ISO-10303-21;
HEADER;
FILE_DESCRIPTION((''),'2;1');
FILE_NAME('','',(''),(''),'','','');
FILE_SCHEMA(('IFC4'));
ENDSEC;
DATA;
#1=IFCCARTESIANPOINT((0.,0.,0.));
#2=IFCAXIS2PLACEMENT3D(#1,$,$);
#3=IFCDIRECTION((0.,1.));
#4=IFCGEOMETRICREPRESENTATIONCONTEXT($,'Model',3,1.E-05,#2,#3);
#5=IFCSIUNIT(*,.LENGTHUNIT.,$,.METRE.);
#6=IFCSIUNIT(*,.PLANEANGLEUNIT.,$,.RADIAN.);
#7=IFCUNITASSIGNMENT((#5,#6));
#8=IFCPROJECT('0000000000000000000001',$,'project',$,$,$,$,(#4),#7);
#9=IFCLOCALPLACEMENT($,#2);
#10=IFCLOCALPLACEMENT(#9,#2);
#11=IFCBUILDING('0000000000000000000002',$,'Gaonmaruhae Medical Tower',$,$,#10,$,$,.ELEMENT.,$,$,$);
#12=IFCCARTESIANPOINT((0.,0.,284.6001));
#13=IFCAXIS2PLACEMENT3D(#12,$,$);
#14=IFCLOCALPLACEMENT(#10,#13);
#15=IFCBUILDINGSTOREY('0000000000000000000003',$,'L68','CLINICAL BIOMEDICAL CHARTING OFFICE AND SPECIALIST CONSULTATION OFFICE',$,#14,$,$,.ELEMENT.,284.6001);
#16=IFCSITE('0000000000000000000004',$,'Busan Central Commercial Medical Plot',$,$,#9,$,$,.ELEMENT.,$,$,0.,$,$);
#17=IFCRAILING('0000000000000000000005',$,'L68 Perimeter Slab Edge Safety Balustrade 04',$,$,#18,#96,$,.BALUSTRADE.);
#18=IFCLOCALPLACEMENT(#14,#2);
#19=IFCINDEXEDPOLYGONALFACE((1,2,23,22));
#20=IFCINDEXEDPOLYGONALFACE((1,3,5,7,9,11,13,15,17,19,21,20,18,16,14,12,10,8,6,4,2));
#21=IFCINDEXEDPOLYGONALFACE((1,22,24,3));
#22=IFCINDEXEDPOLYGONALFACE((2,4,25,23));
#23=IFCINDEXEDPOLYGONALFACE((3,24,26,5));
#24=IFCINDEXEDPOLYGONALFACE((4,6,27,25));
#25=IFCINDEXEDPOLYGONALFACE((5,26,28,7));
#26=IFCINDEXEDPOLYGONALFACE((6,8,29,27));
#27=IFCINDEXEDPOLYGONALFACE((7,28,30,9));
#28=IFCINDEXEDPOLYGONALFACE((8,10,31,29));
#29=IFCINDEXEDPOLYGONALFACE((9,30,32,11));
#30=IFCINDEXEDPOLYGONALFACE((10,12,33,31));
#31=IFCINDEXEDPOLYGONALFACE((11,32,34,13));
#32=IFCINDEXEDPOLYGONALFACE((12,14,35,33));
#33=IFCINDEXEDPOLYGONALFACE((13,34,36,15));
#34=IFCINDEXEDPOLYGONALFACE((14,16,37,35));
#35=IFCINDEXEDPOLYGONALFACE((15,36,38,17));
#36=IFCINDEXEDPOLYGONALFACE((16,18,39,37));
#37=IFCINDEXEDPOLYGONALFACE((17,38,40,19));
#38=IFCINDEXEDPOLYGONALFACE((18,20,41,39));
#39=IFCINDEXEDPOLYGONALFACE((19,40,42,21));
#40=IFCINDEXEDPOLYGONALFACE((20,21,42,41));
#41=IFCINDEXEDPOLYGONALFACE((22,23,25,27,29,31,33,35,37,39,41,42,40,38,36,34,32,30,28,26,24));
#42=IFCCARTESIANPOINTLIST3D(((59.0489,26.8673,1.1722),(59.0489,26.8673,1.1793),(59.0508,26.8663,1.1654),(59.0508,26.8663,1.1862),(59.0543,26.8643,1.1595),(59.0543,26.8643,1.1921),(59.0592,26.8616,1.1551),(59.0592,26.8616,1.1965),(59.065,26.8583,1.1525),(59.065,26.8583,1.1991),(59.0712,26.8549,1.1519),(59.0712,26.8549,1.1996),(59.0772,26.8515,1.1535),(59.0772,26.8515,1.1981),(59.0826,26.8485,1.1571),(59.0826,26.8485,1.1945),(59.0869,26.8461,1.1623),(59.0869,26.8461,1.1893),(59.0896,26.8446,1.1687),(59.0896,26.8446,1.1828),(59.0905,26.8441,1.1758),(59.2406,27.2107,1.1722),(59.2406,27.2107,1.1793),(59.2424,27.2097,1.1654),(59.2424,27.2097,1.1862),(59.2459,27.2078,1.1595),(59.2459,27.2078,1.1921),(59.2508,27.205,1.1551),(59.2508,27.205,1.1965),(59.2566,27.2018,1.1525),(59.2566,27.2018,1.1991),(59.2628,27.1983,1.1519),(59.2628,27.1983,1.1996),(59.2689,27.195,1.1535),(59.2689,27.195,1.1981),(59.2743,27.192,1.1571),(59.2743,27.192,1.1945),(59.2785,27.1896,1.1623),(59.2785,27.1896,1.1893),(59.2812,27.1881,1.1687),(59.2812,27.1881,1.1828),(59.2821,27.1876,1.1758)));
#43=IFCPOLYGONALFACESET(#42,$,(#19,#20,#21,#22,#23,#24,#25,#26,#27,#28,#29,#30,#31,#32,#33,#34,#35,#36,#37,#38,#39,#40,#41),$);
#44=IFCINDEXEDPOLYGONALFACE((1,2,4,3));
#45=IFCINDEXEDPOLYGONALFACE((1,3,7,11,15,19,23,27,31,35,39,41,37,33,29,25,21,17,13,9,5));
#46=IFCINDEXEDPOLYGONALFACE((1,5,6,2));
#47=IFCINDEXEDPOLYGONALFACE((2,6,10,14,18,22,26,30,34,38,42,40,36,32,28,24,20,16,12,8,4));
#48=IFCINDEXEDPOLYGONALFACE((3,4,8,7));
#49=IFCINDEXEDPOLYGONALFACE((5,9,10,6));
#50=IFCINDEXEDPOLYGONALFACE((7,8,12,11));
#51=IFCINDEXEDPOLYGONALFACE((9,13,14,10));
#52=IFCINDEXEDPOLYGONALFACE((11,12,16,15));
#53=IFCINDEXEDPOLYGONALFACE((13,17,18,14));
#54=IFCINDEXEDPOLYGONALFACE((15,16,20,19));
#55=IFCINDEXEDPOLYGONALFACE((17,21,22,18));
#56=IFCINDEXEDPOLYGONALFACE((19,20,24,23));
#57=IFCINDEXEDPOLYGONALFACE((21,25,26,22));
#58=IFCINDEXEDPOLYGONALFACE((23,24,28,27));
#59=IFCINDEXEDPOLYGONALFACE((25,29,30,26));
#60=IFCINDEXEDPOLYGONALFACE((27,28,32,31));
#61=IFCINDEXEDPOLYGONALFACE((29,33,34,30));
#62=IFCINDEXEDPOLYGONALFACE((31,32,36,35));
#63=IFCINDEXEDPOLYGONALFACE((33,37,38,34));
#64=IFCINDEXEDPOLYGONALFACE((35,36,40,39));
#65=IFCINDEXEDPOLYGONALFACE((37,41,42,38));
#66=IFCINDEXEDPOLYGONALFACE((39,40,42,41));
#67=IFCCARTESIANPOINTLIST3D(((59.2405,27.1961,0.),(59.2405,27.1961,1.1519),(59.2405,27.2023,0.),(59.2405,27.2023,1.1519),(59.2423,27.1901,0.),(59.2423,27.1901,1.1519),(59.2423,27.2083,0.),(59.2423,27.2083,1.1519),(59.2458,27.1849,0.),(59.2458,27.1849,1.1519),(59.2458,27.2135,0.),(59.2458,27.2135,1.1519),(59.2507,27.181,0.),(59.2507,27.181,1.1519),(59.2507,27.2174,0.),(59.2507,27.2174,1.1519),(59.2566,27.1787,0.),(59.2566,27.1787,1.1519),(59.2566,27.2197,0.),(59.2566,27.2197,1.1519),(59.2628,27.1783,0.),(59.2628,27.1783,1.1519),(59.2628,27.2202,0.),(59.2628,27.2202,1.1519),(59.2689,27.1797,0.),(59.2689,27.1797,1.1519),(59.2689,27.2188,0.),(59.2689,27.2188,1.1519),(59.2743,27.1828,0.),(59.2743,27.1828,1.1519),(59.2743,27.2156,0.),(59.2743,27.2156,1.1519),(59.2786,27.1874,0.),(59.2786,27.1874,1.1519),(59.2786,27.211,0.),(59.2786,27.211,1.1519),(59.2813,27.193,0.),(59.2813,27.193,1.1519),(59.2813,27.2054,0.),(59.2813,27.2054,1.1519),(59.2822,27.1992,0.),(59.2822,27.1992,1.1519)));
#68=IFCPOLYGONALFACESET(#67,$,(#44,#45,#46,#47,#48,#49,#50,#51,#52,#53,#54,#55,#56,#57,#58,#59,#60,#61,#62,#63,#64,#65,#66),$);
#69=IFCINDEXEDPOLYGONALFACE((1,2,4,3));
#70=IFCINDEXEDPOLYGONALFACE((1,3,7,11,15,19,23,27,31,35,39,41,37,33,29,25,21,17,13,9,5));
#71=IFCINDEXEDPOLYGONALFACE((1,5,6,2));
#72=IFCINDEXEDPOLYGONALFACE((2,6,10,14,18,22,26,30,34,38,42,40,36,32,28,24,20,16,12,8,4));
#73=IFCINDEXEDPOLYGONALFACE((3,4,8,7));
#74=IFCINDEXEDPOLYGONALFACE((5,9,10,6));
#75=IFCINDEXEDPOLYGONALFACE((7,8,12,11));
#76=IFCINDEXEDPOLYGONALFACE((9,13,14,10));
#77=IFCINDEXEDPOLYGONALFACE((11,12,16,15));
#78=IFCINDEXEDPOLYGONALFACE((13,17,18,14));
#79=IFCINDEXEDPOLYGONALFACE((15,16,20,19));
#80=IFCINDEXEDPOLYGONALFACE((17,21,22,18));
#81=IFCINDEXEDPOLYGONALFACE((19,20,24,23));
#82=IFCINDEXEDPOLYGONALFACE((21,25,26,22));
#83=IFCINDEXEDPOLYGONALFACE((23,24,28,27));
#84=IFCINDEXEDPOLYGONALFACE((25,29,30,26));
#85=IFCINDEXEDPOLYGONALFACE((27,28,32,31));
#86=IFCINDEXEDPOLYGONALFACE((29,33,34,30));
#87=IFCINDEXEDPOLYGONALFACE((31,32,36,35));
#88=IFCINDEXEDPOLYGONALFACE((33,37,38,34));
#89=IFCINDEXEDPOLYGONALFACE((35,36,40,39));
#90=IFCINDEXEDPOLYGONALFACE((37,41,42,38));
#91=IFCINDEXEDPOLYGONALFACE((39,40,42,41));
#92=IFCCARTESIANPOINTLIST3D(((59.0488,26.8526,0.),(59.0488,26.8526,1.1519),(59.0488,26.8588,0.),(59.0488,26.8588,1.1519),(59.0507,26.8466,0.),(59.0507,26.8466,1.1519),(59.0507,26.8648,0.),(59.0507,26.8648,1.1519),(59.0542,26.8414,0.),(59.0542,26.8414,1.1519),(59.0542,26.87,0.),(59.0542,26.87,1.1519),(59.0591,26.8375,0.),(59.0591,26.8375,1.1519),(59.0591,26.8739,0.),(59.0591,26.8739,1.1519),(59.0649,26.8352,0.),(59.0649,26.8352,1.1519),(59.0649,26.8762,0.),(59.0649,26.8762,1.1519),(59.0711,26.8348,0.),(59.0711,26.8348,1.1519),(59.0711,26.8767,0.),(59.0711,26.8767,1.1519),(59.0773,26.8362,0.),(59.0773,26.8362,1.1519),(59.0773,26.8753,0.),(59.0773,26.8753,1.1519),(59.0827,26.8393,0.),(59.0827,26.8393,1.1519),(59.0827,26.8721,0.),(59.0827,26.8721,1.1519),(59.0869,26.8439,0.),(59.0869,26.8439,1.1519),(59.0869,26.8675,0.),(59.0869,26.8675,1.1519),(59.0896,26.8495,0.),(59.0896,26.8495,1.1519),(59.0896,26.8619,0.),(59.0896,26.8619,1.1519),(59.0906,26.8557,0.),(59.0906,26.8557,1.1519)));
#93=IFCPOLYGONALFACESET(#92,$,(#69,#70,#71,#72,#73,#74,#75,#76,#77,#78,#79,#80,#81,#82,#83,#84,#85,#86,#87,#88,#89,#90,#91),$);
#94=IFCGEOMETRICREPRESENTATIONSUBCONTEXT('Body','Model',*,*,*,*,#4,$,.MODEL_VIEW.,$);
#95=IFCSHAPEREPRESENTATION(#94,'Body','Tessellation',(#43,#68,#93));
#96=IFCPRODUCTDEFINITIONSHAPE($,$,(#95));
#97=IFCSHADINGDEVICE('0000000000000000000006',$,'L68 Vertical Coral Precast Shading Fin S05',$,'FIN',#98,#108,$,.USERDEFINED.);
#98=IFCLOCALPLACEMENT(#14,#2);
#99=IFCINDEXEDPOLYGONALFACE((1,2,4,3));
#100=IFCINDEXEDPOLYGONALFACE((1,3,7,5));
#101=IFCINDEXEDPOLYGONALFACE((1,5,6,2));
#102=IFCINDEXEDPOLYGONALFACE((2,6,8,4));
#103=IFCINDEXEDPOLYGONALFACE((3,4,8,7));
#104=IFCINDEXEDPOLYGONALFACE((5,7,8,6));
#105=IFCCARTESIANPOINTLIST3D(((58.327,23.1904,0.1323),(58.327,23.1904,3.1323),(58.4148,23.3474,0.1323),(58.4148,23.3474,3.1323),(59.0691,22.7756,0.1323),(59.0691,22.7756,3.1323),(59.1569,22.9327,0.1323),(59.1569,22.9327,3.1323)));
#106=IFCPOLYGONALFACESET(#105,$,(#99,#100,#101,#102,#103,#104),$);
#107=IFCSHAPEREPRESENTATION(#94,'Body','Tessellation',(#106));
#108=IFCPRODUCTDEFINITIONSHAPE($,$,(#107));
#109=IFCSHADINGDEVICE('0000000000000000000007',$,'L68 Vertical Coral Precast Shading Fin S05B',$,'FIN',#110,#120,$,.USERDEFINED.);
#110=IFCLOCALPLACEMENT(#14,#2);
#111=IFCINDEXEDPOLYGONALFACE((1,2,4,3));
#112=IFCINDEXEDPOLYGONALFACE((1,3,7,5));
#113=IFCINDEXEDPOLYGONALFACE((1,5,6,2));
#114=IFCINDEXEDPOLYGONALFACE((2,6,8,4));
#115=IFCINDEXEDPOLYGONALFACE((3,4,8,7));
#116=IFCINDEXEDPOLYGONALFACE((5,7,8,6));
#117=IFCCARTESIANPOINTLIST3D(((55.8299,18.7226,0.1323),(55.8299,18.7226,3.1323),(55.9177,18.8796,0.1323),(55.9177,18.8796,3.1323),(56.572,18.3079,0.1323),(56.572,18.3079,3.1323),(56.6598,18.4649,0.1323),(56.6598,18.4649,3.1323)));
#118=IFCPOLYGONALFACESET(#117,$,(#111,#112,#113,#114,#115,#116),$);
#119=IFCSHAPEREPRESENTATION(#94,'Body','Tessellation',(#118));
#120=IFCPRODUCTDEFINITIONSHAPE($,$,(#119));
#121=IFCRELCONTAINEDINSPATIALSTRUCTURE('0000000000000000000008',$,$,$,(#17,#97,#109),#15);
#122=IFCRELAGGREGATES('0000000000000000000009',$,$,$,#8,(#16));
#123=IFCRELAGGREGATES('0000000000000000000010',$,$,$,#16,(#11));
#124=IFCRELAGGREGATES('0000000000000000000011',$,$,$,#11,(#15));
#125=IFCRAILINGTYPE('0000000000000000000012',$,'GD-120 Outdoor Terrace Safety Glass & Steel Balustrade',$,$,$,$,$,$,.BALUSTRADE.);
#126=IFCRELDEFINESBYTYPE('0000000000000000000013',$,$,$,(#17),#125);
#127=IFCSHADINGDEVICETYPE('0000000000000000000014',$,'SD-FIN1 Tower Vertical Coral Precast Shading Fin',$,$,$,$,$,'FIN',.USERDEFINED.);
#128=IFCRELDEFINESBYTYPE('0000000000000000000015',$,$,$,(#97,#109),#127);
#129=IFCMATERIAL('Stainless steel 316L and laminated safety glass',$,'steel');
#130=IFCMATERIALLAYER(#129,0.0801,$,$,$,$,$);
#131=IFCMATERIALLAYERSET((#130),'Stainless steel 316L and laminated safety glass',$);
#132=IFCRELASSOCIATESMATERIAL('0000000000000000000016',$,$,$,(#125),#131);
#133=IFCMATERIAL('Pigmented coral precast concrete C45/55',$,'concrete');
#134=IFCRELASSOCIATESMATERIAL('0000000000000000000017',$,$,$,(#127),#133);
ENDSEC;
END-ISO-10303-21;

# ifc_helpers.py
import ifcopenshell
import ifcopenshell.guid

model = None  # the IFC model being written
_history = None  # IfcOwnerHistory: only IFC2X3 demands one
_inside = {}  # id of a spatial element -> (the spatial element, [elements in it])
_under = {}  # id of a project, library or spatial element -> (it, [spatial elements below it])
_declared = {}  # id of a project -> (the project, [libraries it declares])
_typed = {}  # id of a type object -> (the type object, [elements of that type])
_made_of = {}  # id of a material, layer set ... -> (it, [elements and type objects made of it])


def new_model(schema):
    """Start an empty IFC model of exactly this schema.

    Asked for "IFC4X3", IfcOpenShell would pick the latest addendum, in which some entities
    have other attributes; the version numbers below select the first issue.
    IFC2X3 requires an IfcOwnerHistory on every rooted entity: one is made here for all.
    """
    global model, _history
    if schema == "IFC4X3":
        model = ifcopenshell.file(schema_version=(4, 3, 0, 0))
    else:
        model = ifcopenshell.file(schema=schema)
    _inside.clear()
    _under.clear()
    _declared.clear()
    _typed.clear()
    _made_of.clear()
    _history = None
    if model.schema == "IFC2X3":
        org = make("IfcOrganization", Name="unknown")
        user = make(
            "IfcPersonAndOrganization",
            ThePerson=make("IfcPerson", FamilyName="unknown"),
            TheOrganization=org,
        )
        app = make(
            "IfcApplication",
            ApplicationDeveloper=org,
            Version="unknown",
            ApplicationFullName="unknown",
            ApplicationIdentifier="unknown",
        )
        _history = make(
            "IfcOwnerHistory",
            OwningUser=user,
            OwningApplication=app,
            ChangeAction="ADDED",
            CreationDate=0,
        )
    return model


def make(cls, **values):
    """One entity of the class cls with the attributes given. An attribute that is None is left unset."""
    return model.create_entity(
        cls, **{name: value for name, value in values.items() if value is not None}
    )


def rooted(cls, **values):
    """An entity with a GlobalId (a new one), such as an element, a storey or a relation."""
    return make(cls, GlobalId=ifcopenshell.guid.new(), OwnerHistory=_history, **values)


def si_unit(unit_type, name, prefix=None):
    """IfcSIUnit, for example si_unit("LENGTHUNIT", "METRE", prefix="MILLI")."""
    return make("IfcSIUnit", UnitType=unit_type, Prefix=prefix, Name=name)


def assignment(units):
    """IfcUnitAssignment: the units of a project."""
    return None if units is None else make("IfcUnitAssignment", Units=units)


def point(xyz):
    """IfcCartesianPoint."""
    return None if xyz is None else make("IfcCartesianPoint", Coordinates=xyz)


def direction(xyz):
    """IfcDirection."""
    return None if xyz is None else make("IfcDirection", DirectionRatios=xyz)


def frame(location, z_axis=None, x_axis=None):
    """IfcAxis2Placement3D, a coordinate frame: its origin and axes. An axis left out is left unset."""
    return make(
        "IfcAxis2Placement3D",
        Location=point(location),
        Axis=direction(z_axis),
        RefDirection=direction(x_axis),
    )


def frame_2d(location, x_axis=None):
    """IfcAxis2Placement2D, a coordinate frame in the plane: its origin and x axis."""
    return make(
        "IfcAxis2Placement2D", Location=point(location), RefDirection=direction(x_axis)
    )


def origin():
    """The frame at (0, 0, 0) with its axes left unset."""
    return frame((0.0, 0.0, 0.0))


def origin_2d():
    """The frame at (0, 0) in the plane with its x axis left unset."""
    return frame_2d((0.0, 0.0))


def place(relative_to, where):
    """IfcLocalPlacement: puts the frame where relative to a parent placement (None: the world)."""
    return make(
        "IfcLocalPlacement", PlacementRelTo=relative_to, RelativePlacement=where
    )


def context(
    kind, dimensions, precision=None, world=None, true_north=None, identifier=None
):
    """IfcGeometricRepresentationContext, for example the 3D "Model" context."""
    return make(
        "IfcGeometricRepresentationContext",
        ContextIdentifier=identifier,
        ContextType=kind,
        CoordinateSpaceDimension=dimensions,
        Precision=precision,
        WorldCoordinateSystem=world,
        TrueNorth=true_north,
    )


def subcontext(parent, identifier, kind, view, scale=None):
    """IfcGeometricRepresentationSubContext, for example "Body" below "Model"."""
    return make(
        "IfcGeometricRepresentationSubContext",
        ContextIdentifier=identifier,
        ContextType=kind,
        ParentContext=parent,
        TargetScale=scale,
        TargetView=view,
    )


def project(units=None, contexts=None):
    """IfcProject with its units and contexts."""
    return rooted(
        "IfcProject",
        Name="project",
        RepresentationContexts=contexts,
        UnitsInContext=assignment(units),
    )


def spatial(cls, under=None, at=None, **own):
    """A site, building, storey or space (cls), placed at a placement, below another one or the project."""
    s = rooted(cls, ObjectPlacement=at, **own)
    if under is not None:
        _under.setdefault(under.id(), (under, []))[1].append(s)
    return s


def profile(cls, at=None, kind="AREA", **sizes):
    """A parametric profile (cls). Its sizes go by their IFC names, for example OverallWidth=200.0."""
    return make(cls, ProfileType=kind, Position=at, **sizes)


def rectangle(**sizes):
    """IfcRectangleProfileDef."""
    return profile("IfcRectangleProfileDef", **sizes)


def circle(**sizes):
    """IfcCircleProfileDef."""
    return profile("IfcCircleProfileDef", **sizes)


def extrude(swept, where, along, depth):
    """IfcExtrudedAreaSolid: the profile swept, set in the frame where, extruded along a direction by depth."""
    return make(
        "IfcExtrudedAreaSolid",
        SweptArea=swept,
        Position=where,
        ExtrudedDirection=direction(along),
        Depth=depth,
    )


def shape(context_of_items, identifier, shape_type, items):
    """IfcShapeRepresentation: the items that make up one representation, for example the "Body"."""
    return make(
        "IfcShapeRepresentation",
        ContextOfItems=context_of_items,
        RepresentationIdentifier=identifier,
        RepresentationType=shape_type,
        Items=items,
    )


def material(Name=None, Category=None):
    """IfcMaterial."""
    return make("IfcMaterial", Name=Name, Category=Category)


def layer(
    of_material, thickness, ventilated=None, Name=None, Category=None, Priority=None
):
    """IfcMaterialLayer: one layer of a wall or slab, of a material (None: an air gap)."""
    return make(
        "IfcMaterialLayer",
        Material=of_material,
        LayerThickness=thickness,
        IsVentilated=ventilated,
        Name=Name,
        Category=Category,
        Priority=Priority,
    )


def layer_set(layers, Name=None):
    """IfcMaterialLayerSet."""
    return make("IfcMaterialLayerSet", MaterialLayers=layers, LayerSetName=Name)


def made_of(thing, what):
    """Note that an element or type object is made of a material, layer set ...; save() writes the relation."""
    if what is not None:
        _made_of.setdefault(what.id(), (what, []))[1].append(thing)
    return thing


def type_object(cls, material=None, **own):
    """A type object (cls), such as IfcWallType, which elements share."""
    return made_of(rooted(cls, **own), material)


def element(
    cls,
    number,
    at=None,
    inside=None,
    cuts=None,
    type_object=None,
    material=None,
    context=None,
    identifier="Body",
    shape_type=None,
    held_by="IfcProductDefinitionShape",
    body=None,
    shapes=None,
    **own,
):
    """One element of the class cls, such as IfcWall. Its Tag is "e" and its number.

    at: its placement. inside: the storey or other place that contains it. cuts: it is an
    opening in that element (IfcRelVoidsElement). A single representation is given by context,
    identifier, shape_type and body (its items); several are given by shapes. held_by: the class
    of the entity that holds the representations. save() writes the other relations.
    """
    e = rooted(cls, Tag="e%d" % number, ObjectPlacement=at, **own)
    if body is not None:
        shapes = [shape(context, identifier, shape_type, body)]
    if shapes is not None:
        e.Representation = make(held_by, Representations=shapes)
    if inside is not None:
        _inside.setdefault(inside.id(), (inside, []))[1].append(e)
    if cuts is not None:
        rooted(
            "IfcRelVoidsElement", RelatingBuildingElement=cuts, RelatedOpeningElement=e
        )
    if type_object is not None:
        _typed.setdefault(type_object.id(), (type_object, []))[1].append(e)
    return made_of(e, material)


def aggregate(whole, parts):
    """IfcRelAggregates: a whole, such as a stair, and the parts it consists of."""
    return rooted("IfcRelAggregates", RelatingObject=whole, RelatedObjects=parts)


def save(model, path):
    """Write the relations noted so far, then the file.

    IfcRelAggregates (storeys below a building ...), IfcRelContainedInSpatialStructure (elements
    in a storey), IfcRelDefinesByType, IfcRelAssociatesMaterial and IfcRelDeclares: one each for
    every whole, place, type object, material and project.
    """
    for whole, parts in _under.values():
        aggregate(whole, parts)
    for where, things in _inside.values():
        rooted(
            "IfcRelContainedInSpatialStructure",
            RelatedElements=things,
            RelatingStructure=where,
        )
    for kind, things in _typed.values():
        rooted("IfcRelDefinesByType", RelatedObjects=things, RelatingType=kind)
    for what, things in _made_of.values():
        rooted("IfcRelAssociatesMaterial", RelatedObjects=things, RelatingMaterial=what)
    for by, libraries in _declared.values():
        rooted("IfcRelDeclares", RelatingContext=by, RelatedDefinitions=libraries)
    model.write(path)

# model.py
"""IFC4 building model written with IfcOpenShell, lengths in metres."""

from ifc_helpers import new_model, si_unit, direction, frame, origin, origin_2d, place, context, subcontext, project, spatial, rectangle, circle, extrude, material, layer, layer_set, type_object, element, save


model = new_model("IFC4")

# Units and contexts
model_context = context("Model", 3, precision=1e-05, world=origin(), true_north=direction((0.0, 1.0)))
body_context = subcontext(model_context, "Body", "Model", "MODEL_VIEW")
ifc_project = project(units=[si_unit("LENGTHUNIT", "METRE"), si_unit("PLANEANGLEUNIT", "RADIAN")], contexts=[model_context])

# Site, building, storey
site_placement = place(None, origin())
site = spatial("IfcSite", under=ifc_project, at=site_placement, Name="Busan Central Commercial Medical Plot", CompositionType="ELEMENT", RefElevation=0.0)
building_placement = place(site_placement, origin())
building = spatial("IfcBuilding", under=site, at=building_placement, Name="Gaonmaruhae Medical Tower", CompositionType="ELEMENT")
storey_placement = place(building_placement, frame((0.0, 0.0, 284.6001)))
storey = spatial("IfcBuildingStorey", under=building, at=storey_placement, Name="L68", Description="CLINICAL BIOMEDICAL CHARTING OFFICE AND SPECIALIST CONSULTATION OFFICE", CompositionType="ELEMENT", Elevation=284.6001)

# Railing
ifc_material_1 = material(Name="Stainless steel 316L and laminated safety glass", Category="steel")
ifc_layer_1 = layer(ifc_material_1, 0.0801)
ifc_layer_set_1 = layer_set([ifc_layer_1], Name="Stainless steel 316L and laminated safety glass")
railing_type = type_object("IfcRailingType", Name="GD-120 Outdoor Terrace Safety Glass & Steel Balustrade", PredefinedType="BALUSTRADE", material=ifc_layer_set_1)
railing_placement = place(storey_placement, frame((59.2612, 27.1992, 0.0)))
element("IfcRailing", 1, at=railing_placement, inside=storey, type_object=railing_type, Name="L68 Perimeter Slab Edge Safety Balustrade 04", PredefinedType="BALUSTRADE", context=body_context, shape_type="SweptSolid", body=[
    extrude(circle(Radius=0.0239, at=origin_2d()), frame((0.0, 0.0, 1.1758), z_axis=(-0.487223, -0.873278, 0.0), x_axis=(0.873278, -0.487223, 0.0)), (0.0, 0.0, 1.0), 0.3933),
    extrude(circle(Radius=0.021, at=origin_2d()), origin(), (0.0, 0.0, 1.0), 1.1519),
    extrude(circle(Radius=0.021, at=origin_2d()), frame((-0.1917, -0.3435, 0.0)), (0.0, 0.0, 1.0), 1.1519),
])

# Shading devices
ifc_material_2 = material(Name="Pigmented coral precast concrete C45/55", Category="concrete")
shading_device_type = type_object("IfcShadingDeviceType", Name="SD-FIN1 Tower Vertical Coral Precast Shading Fin", ElementType="FIN", PredefinedType="USERDEFINED", material=ifc_material_2)
for number, where, z_axis, x_axis, name in (
    (2, (58.7419, 23.0615, 0.1323), (0.0, 0.0, 1.0), (-0.48786, -0.872922, 0.0), "L68 Vertical Coral Precast Shading Fin S05"),
    (3, (56.2449, 18.5938, 0.1323), (0.0, 0.0, 1.0), (-0.48786, -0.872922, 0.0), "L68 Vertical Coral Precast Shading Fin S05B"),
):
    element("IfcShadingDevice", number, at=place(storey_placement, frame(where, z_axis=z_axis, x_axis=x_axis)), inside=storey, type_object=shading_device_type, Name=name, ObjectType="FIN", PredefinedType="USERDEFINED", context=body_context, shape_type="SweptSolid", body=[
        extrude(rectangle(XDim=0.1799, YDim=0.8501, at=origin_2d()), origin(), (0.0, 0.0, 1.0), 3.0),
    ])

save(model, "model.ifc")
